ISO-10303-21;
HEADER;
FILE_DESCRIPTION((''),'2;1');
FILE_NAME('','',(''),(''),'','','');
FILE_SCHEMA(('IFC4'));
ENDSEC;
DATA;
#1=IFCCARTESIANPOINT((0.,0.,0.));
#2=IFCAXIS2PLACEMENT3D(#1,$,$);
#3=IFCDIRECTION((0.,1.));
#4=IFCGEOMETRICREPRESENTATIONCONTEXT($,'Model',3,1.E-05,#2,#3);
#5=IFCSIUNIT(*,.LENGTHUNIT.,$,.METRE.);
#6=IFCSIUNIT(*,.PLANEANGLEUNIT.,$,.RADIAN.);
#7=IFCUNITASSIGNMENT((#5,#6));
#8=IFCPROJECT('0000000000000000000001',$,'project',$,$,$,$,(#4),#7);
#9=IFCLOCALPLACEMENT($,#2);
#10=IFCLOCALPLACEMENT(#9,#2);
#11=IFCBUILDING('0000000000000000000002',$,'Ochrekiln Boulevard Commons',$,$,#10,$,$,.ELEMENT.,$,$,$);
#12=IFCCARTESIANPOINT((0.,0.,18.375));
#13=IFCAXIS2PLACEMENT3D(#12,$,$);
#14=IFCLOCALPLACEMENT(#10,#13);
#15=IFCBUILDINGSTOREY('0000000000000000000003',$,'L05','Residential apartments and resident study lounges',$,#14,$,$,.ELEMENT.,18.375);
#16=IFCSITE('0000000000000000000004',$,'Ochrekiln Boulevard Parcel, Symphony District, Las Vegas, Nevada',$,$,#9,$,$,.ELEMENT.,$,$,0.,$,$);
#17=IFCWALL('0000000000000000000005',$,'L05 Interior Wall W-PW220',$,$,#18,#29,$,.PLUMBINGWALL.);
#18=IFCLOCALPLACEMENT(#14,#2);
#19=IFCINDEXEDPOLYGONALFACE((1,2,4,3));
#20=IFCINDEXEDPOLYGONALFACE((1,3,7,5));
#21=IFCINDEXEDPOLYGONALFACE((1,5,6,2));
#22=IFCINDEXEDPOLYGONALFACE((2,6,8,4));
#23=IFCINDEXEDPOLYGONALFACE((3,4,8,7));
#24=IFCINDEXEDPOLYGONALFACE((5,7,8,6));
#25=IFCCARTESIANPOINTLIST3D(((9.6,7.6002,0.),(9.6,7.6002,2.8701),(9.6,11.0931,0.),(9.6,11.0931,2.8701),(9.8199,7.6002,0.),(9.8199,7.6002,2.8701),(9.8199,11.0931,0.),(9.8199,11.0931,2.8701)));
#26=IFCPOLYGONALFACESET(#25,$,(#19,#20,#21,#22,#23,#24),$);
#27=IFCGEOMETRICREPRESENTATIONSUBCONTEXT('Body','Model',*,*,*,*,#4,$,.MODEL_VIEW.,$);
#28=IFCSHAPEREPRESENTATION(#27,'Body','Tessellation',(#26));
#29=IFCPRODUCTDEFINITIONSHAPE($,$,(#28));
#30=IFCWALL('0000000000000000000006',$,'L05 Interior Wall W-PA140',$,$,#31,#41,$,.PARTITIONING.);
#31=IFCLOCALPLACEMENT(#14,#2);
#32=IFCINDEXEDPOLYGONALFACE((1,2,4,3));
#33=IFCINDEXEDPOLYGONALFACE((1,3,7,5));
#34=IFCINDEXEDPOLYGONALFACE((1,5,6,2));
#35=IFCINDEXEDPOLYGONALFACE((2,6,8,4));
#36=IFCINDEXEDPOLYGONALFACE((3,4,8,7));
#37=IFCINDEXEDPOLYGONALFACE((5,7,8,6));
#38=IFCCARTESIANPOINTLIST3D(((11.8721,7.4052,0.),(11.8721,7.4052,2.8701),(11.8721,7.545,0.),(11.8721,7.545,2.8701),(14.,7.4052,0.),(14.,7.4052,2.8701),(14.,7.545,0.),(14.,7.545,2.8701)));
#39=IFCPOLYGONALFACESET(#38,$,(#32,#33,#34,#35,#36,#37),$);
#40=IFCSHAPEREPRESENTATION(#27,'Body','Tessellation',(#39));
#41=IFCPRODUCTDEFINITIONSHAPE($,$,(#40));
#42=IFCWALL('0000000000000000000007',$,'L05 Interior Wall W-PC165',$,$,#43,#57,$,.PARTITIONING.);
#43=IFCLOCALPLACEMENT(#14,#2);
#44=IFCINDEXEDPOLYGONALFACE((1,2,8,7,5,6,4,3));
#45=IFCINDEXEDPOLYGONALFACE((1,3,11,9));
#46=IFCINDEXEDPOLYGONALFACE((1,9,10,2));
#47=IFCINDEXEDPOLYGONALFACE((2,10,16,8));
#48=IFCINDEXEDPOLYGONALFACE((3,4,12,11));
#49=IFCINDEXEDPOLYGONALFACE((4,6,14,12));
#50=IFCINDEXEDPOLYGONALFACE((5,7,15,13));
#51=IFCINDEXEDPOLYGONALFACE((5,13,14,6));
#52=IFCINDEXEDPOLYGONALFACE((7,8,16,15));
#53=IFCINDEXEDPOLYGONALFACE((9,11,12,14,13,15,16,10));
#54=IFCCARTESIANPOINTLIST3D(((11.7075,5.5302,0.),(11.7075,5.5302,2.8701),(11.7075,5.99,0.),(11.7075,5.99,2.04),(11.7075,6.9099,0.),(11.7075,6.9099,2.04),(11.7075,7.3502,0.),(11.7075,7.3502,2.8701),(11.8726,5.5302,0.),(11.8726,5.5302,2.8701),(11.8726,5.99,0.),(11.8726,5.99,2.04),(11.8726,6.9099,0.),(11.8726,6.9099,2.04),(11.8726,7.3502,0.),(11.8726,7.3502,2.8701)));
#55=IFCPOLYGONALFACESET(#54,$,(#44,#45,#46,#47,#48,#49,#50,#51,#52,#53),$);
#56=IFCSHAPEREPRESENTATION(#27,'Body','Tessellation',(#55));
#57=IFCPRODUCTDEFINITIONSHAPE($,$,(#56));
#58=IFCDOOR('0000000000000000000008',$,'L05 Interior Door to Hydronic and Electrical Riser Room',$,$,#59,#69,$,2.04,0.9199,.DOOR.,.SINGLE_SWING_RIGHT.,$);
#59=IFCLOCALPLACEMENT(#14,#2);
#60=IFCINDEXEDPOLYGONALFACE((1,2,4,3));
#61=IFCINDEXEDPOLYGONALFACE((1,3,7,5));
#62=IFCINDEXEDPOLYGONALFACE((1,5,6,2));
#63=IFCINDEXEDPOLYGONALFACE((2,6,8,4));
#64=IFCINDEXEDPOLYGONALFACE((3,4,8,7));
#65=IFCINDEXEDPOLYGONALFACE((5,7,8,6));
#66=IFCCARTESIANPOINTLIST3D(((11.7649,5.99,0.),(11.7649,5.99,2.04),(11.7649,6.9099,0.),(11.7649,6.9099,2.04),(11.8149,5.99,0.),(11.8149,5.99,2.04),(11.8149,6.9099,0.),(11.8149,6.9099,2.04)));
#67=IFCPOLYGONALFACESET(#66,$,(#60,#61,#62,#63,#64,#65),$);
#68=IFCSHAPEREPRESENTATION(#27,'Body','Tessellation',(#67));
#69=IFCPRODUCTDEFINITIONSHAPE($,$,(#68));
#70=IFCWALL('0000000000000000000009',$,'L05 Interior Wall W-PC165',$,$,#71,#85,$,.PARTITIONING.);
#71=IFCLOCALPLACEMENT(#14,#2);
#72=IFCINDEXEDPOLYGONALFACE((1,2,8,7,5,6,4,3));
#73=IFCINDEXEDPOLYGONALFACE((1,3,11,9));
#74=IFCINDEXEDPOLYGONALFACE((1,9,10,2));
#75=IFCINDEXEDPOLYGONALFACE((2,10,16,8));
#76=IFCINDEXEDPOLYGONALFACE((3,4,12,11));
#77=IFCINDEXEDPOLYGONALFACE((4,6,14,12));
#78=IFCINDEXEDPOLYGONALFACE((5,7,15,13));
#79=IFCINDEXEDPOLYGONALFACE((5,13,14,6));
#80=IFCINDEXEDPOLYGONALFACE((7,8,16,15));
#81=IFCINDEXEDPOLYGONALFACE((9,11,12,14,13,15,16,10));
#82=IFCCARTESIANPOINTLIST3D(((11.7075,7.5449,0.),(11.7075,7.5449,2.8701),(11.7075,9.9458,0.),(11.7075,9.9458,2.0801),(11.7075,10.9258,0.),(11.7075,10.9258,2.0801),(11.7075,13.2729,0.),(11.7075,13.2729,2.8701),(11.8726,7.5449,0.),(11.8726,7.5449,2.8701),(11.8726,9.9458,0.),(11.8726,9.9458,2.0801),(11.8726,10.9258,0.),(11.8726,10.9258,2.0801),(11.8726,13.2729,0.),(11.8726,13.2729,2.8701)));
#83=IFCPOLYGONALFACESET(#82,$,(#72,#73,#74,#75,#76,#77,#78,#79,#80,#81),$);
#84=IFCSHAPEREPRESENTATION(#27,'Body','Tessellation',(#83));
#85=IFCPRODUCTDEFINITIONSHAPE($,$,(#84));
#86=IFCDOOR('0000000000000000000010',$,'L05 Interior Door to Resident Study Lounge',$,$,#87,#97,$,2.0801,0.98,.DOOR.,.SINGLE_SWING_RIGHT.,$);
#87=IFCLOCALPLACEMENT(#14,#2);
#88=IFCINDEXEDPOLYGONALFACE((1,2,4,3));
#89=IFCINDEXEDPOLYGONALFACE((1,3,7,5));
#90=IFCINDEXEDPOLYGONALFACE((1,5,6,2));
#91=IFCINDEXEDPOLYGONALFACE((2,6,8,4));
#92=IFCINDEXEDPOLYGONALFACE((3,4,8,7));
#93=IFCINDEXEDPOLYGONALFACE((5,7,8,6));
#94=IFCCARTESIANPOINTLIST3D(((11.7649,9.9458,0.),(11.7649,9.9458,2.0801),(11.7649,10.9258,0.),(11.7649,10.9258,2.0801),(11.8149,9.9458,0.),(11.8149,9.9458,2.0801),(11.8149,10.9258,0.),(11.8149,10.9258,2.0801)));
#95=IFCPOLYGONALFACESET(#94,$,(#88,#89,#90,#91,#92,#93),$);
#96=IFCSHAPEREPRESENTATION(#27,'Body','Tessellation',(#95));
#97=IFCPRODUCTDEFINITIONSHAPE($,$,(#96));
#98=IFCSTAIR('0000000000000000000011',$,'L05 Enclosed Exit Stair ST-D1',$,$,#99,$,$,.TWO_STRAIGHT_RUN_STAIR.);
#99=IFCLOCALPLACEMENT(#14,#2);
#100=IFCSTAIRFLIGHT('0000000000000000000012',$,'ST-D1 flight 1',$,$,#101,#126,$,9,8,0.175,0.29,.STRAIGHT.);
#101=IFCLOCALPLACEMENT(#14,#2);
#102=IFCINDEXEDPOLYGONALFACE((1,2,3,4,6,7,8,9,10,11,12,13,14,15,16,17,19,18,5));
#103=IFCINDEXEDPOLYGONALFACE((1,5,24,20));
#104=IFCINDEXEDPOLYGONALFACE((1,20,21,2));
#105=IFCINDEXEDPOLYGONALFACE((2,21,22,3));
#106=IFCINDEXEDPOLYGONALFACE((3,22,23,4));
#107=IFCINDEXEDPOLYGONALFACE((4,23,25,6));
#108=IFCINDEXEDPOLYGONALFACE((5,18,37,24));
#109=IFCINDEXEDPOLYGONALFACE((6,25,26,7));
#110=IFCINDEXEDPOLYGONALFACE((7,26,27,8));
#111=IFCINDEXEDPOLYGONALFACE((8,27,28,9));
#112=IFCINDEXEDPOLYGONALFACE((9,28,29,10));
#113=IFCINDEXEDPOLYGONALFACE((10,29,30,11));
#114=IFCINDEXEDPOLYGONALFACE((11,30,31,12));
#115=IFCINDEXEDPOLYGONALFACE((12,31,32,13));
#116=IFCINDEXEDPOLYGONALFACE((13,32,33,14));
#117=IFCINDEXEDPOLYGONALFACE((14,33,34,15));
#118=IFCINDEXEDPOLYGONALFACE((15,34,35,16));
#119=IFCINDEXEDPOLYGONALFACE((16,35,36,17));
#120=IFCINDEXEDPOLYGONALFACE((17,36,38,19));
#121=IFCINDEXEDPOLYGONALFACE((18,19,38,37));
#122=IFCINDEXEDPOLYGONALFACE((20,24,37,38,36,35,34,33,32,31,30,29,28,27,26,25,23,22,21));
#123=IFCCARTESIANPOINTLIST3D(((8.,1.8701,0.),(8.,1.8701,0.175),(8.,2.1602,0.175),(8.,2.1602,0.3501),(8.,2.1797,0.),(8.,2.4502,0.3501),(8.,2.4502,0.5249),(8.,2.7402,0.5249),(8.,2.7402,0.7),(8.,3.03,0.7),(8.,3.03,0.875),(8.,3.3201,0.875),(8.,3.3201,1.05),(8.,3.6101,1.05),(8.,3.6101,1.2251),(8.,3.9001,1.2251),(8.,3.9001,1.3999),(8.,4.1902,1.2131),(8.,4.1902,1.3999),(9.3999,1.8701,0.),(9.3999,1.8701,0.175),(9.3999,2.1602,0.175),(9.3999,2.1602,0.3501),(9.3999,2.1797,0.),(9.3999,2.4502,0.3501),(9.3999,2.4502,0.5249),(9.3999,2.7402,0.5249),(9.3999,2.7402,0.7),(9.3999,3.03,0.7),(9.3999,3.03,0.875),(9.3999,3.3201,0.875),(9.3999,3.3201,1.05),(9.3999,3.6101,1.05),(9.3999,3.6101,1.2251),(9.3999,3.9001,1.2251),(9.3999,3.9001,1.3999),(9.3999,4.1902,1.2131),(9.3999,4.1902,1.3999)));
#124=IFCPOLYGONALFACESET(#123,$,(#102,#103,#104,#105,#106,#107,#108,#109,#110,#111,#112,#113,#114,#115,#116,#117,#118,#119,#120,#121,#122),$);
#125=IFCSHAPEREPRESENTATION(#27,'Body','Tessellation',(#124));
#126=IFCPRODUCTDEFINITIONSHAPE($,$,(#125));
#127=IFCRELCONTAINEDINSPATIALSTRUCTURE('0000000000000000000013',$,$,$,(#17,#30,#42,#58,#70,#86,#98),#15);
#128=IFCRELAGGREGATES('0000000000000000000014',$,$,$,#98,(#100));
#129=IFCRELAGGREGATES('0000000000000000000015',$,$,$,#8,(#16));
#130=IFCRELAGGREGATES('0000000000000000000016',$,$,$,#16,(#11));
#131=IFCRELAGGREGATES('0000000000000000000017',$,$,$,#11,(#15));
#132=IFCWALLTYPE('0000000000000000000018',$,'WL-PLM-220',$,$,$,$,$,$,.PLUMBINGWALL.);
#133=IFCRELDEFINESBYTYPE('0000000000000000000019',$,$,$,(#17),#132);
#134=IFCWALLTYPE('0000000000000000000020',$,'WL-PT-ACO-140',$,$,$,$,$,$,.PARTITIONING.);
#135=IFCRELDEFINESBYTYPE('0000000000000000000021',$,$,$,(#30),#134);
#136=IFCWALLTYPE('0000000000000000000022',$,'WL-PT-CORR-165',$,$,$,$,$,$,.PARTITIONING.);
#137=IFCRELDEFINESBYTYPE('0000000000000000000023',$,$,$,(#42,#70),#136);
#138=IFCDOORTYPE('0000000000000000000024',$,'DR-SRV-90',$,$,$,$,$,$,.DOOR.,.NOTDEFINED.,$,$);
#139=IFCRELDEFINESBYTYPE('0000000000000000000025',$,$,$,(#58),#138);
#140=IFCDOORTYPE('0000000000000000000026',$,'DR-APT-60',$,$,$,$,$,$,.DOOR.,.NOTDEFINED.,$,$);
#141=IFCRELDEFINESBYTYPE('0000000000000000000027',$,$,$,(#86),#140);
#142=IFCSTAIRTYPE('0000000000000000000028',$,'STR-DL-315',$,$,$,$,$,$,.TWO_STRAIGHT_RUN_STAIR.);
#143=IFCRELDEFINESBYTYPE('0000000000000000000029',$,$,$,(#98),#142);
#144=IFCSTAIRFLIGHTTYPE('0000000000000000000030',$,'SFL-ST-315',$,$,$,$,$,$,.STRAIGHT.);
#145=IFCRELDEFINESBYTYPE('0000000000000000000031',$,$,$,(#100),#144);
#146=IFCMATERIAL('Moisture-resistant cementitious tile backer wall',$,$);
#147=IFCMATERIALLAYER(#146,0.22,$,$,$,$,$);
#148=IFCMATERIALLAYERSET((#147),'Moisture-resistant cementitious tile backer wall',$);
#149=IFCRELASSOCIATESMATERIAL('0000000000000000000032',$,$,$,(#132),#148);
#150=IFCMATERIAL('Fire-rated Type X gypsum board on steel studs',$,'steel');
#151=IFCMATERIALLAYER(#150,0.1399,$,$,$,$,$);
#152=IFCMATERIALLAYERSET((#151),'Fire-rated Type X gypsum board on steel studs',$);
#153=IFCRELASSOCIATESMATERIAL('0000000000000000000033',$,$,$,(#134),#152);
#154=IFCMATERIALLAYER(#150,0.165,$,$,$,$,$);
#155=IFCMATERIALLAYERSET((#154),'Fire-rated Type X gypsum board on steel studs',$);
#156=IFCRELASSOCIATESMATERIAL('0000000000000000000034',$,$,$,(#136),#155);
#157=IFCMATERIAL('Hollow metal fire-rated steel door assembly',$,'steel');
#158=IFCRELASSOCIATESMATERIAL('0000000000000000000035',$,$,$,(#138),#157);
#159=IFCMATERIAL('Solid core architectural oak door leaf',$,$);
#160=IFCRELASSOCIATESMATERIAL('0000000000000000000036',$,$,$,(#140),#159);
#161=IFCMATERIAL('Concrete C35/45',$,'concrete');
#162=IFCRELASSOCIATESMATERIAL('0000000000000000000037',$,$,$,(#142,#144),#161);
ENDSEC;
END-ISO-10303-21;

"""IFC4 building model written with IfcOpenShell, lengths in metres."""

from ifc_helpers import new_model, si_unit, direction, frame, frame_2d, origin, place, context, subcontext, project, spatial, polyline, rectangle, outline, extrude, material, layer, layer_set, type_object, element, fill, aggregate, save


model = new_model("IFC4")

# Units and contexts
model_context = context("Model", 3, precision=1e-05, world=origin(), true_north=direction((0.0, 1.0)))
body_context = subcontext(model_context, "Body", "Model", "MODEL_VIEW")
ifc_project = project(units=[si_unit("LENGTHUNIT", "METRE"), si_unit("PLANEANGLEUNIT", "RADIAN")], contexts=[model_context])

# Site, building, storey
site_placement = place(None, origin())
site = spatial("IfcSite", under=ifc_project, at=site_placement, Name="Ochrekiln Boulevard Parcel, Symphony District, Las Vegas, Nevada", CompositionType="ELEMENT", RefElevation=0.0)
building_placement = place(site_placement, origin())
building = spatial("IfcBuilding", under=site, at=building_placement, Name="Ochrekiln Boulevard Commons", CompositionType="ELEMENT")
storey_placement = place(building_placement, frame((0.0, 0.0, 18.375)))
storey = spatial("IfcBuildingStorey", under=building, at=storey_placement, Name="L05", Description="Residential apartments and resident study lounges", CompositionType="ELEMENT", Elevation=18.375)

# Walls
ifc_material_1 = material(Name="Moisture-resistant cementitious tile backer wall")
ifc_layer_1 = layer(ifc_material_1, 0.22)
ifc_layer_set_1 = layer_set([ifc_layer_1], Name="Moisture-resistant cementitious tile backer wall")
wall_type_1 = type_object("IfcWallType", Name="WL-PLM-220", PredefinedType="PLUMBINGWALL", material=ifc_layer_set_1)
wall_1_placement = place(storey_placement, frame((9.71, 7.6001, 0.0), z_axis=(0.0, 0.0, 1.0), x_axis=(0.0, 1.0, 0.0)))
element("IfcWall", 1, at=wall_1_placement, inside=storey, type_object=wall_type_1, Name="L05 Interior Wall W-PW220", PredefinedType="PLUMBINGWALL", context=body_context, shape_type="SweptSolid", body=[
    extrude(rectangle(XDim=3.4929, YDim=0.22, at=frame_2d((1.7466, 0.0))), origin(), (0.0, 0.0, 1.0), 2.8701),
])
ifc_material_2 = material(Name="Fire-rated Type X gypsum board on steel studs", Category="steel")
ifc_layer_2 = layer(ifc_material_2, 0.1399)
ifc_layer_set_2 = layer_set([ifc_layer_2], Name="Fire-rated Type X gypsum board on steel studs")
wall_type_2 = type_object("IfcWallType", Name="WL-PT-ACO-140", PredefinedType="PARTITIONING", material=ifc_layer_set_2)
wall_2_placement = place(storey_placement, frame((11.8721, 7.4751, 0.0), z_axis=(0.0, 0.0, 1.0), x_axis=(1.0, 0.0, 0.0)))
element("IfcWall", 2, at=wall_2_placement, inside=storey, type_object=wall_type_2, Name="L05 Interior Wall W-PA140", PredefinedType="PARTITIONING", context=body_context, shape_type="SweptSolid", body=[
    extrude(rectangle(XDim=2.1279, YDim=0.1399, at=frame_2d((1.064, 0.0))), origin(), (0.0, 0.0, 1.0), 2.8701),
])

# Walls, openings, doors
ifc_layer_3 = layer(ifc_material_2, 0.165)
ifc_layer_set_3 = layer_set([ifc_layer_3], Name="Fire-rated Type X gypsum board on steel studs")
wall_type_3 = type_object("IfcWallType", Name="WL-PT-CORR-165", PredefinedType="PARTITIONING", material=ifc_layer_set_3)
wall_3_placement = place(storey_placement, frame((11.79, 5.53, 0.0), z_axis=(0.0, 0.0, 1.0), x_axis=(0.0, 1.0, 0.0)))
wall_3 = element("IfcWall", 3, at=wall_3_placement, inside=storey, type_object=wall_type_3, Name="L05 Interior Wall W-PC165", PredefinedType="PARTITIONING", context=body_context, shape_type="SweptSolid", body=[
    extrude(rectangle(XDim=1.8201, YDim=0.165, at=frame_2d((0.9102, 0.0))), origin(), (0.0, 0.0, 1.0), 2.8701),
])
opening_1_placement = place(wall_3_placement, frame((0.46, 0.0, 0.0)))
opening_1 = element("IfcOpeningElement", 4, at=opening_1_placement, cuts=wall_3, PredefinedType="OPENING", context=body_context, shape_type="SweptSolid", body=[
    extrude(rectangle(XDim=0.9199, YDim=2.04, at=frame_2d((0.46, 1.02))), frame((0.0, 0.0925, 0.0), z_axis=(0.0, -1.0, 0.0), x_axis=(1.0, 0.0, 0.0)), (0.0, 0.0, 1.0), 0.1851),
])
ifc_material_3 = material(Name="Hollow metal fire-rated steel door assembly", Category="steel")
door_type_1 = type_object("IfcDoorType", Name="DR-SRV-90", OperationType="NOTDEFINED", PredefinedType="DOOR", material=ifc_material_3)
door_1_placement = place(opening_1_placement, frame((0.9199, 0.0, 0.0), z_axis=(0.0, 0.0, 1.0), x_axis=(-1.0, 0.0, 0.0)))
door_1 = element("IfcDoor", 5, at=door_1_placement, inside=storey, type_object=door_type_1, Name="L05 Interior Door to Hydronic and Electrical Riser Room", OperationType="SINGLE_SWING_RIGHT", OverallHeight=2.04, OverallWidth=0.9199, PredefinedType="DOOR", context=body_context, shape_type="SweptSolid", body=[
    extrude(rectangle(XDim=0.9199, YDim=2.04, at=frame_2d((0.46, 1.02))), frame((0.0, 0.0249, 0.0), z_axis=(0.0, -1.0, 0.0), x_axis=(1.0, 0.0, 0.0)), (0.0, 0.0, 1.0), 0.05),
])
fill(opening_1, door_1)
wall_4_placement = place(storey_placement, frame((11.79, 7.5449, 0.0), z_axis=(0.0, 0.0, 1.0), x_axis=(0.0, 1.0, 0.0)))
wall_4 = element("IfcWall", 6, at=wall_4_placement, inside=storey, type_object=wall_type_3, Name="L05 Interior Wall W-PC165", PredefinedType="PARTITIONING", context=body_context, shape_type="SweptSolid", body=[
    extrude(rectangle(XDim=5.728, YDim=0.165, at=frame_2d((2.864, 0.0))), origin(), (0.0, 0.0, 1.0), 2.8701),
])
opening_2_placement = place(wall_4_placement, frame((2.4009, 0.0, 0.0)))
opening_2 = element("IfcOpeningElement", 7, at=opening_2_placement, cuts=wall_4, PredefinedType="OPENING", context=body_context, shape_type="SweptSolid", body=[
    extrude(rectangle(XDim=0.98, YDim=2.0801, at=frame_2d((0.49, 1.04))), frame((0.0, 0.0925, 0.0), z_axis=(0.0, -1.0, 0.0), x_axis=(1.0, 0.0, 0.0)), (0.0, 0.0, 1.0), 0.1851),
])
ifc_material_4 = material(Name="Solid core architectural oak door leaf")
door_type_2 = type_object("IfcDoorType", Name="DR-APT-60", OperationType="NOTDEFINED", PredefinedType="DOOR", material=ifc_material_4)
door_2_placement = place(opening_2_placement, frame((0.98, 0.0, 0.0), z_axis=(0.0, 0.0, 1.0), x_axis=(-1.0, 0.0, 0.0)))
door_2 = element("IfcDoor", 8, at=door_2_placement, inside=storey, type_object=door_type_2, Name="L05 Interior Door to Resident Study Lounge", OperationType="SINGLE_SWING_RIGHT", OverallHeight=2.0801, OverallWidth=0.98, PredefinedType="DOOR", context=body_context, shape_type="SweptSolid", body=[
    extrude(rectangle(XDim=0.98, YDim=2.0801, at=frame_2d((0.49, 1.04))), frame((0.0, 0.0249, 0.0), z_axis=(0.0, -1.0, 0.0), x_axis=(1.0, 0.0, 0.0)), (0.0, 0.0, 1.0), 0.05),
])
fill(opening_2, door_2)

# Stair, stair flight
ifc_material_5 = material(Name="Concrete C35/45", Category="concrete")
stair_type = type_object("IfcStairType", Name="STR-DL-315", PredefinedType="TWO_STRAIGHT_RUN_STAIR", material=ifc_material_5)
stair_placement = place(storey_placement, origin())
stair = element("IfcStair", 9, at=stair_placement, inside=storey, type_object=stair_type, Name="L05 Enclosed Exit Stair ST-D1", PredefinedType="TWO_STRAIGHT_RUN_STAIR")
stair_flight_type = type_object("IfcStairFlightType", Name="SFL-ST-315", PredefinedType="STRAIGHT", material=ifc_material_5)
stair_flight_placement = place(storey_placement, frame((8.7, 1.8701, 0.0), z_axis=(0.0, 0.0, 1.0), x_axis=(0.0, 1.0, 0.0)))
stair_flight = element("IfcStairFlight", 10, at=stair_flight_placement, type_object=stair_flight_type, Name="ST-D1 flight 1", NumberOfRisers=9, NumberOfTreads=8, PredefinedType="STRAIGHT", RiserHeight=0.175, TreadLength=0.29, context=body_context, shape_type="SweptSolid", body=[
    extrude(outline(polyline([(0.0, 0.0), (0.0, 0.175), (0.29, 0.175), (0.29, 0.3501), (0.5801, 0.3501), (0.5801, 0.5249), (0.8701, 0.5249), (0.8701, 0.7), (1.1599, 0.7), (1.1599, 0.875), (1.45, 0.875), (1.45, 1.05), (1.74, 1.05), (1.74, 1.2251), (2.03, 1.2251), (2.03, 1.3999), (2.3201, 1.3999), (2.3201, 1.575), (2.3201, 1.2131), (0.3096, 0.0), (0.0, 0.0)])), frame((0.0, 0.7, 0.0), z_axis=(0.0, -1.0, 0.0), x_axis=(1.0, 0.0, 0.0)), (0.0, 0.0, 1.0), 1.3999),
])
aggregate(stair, [stair_flight])

save(model, "model.ifc")
